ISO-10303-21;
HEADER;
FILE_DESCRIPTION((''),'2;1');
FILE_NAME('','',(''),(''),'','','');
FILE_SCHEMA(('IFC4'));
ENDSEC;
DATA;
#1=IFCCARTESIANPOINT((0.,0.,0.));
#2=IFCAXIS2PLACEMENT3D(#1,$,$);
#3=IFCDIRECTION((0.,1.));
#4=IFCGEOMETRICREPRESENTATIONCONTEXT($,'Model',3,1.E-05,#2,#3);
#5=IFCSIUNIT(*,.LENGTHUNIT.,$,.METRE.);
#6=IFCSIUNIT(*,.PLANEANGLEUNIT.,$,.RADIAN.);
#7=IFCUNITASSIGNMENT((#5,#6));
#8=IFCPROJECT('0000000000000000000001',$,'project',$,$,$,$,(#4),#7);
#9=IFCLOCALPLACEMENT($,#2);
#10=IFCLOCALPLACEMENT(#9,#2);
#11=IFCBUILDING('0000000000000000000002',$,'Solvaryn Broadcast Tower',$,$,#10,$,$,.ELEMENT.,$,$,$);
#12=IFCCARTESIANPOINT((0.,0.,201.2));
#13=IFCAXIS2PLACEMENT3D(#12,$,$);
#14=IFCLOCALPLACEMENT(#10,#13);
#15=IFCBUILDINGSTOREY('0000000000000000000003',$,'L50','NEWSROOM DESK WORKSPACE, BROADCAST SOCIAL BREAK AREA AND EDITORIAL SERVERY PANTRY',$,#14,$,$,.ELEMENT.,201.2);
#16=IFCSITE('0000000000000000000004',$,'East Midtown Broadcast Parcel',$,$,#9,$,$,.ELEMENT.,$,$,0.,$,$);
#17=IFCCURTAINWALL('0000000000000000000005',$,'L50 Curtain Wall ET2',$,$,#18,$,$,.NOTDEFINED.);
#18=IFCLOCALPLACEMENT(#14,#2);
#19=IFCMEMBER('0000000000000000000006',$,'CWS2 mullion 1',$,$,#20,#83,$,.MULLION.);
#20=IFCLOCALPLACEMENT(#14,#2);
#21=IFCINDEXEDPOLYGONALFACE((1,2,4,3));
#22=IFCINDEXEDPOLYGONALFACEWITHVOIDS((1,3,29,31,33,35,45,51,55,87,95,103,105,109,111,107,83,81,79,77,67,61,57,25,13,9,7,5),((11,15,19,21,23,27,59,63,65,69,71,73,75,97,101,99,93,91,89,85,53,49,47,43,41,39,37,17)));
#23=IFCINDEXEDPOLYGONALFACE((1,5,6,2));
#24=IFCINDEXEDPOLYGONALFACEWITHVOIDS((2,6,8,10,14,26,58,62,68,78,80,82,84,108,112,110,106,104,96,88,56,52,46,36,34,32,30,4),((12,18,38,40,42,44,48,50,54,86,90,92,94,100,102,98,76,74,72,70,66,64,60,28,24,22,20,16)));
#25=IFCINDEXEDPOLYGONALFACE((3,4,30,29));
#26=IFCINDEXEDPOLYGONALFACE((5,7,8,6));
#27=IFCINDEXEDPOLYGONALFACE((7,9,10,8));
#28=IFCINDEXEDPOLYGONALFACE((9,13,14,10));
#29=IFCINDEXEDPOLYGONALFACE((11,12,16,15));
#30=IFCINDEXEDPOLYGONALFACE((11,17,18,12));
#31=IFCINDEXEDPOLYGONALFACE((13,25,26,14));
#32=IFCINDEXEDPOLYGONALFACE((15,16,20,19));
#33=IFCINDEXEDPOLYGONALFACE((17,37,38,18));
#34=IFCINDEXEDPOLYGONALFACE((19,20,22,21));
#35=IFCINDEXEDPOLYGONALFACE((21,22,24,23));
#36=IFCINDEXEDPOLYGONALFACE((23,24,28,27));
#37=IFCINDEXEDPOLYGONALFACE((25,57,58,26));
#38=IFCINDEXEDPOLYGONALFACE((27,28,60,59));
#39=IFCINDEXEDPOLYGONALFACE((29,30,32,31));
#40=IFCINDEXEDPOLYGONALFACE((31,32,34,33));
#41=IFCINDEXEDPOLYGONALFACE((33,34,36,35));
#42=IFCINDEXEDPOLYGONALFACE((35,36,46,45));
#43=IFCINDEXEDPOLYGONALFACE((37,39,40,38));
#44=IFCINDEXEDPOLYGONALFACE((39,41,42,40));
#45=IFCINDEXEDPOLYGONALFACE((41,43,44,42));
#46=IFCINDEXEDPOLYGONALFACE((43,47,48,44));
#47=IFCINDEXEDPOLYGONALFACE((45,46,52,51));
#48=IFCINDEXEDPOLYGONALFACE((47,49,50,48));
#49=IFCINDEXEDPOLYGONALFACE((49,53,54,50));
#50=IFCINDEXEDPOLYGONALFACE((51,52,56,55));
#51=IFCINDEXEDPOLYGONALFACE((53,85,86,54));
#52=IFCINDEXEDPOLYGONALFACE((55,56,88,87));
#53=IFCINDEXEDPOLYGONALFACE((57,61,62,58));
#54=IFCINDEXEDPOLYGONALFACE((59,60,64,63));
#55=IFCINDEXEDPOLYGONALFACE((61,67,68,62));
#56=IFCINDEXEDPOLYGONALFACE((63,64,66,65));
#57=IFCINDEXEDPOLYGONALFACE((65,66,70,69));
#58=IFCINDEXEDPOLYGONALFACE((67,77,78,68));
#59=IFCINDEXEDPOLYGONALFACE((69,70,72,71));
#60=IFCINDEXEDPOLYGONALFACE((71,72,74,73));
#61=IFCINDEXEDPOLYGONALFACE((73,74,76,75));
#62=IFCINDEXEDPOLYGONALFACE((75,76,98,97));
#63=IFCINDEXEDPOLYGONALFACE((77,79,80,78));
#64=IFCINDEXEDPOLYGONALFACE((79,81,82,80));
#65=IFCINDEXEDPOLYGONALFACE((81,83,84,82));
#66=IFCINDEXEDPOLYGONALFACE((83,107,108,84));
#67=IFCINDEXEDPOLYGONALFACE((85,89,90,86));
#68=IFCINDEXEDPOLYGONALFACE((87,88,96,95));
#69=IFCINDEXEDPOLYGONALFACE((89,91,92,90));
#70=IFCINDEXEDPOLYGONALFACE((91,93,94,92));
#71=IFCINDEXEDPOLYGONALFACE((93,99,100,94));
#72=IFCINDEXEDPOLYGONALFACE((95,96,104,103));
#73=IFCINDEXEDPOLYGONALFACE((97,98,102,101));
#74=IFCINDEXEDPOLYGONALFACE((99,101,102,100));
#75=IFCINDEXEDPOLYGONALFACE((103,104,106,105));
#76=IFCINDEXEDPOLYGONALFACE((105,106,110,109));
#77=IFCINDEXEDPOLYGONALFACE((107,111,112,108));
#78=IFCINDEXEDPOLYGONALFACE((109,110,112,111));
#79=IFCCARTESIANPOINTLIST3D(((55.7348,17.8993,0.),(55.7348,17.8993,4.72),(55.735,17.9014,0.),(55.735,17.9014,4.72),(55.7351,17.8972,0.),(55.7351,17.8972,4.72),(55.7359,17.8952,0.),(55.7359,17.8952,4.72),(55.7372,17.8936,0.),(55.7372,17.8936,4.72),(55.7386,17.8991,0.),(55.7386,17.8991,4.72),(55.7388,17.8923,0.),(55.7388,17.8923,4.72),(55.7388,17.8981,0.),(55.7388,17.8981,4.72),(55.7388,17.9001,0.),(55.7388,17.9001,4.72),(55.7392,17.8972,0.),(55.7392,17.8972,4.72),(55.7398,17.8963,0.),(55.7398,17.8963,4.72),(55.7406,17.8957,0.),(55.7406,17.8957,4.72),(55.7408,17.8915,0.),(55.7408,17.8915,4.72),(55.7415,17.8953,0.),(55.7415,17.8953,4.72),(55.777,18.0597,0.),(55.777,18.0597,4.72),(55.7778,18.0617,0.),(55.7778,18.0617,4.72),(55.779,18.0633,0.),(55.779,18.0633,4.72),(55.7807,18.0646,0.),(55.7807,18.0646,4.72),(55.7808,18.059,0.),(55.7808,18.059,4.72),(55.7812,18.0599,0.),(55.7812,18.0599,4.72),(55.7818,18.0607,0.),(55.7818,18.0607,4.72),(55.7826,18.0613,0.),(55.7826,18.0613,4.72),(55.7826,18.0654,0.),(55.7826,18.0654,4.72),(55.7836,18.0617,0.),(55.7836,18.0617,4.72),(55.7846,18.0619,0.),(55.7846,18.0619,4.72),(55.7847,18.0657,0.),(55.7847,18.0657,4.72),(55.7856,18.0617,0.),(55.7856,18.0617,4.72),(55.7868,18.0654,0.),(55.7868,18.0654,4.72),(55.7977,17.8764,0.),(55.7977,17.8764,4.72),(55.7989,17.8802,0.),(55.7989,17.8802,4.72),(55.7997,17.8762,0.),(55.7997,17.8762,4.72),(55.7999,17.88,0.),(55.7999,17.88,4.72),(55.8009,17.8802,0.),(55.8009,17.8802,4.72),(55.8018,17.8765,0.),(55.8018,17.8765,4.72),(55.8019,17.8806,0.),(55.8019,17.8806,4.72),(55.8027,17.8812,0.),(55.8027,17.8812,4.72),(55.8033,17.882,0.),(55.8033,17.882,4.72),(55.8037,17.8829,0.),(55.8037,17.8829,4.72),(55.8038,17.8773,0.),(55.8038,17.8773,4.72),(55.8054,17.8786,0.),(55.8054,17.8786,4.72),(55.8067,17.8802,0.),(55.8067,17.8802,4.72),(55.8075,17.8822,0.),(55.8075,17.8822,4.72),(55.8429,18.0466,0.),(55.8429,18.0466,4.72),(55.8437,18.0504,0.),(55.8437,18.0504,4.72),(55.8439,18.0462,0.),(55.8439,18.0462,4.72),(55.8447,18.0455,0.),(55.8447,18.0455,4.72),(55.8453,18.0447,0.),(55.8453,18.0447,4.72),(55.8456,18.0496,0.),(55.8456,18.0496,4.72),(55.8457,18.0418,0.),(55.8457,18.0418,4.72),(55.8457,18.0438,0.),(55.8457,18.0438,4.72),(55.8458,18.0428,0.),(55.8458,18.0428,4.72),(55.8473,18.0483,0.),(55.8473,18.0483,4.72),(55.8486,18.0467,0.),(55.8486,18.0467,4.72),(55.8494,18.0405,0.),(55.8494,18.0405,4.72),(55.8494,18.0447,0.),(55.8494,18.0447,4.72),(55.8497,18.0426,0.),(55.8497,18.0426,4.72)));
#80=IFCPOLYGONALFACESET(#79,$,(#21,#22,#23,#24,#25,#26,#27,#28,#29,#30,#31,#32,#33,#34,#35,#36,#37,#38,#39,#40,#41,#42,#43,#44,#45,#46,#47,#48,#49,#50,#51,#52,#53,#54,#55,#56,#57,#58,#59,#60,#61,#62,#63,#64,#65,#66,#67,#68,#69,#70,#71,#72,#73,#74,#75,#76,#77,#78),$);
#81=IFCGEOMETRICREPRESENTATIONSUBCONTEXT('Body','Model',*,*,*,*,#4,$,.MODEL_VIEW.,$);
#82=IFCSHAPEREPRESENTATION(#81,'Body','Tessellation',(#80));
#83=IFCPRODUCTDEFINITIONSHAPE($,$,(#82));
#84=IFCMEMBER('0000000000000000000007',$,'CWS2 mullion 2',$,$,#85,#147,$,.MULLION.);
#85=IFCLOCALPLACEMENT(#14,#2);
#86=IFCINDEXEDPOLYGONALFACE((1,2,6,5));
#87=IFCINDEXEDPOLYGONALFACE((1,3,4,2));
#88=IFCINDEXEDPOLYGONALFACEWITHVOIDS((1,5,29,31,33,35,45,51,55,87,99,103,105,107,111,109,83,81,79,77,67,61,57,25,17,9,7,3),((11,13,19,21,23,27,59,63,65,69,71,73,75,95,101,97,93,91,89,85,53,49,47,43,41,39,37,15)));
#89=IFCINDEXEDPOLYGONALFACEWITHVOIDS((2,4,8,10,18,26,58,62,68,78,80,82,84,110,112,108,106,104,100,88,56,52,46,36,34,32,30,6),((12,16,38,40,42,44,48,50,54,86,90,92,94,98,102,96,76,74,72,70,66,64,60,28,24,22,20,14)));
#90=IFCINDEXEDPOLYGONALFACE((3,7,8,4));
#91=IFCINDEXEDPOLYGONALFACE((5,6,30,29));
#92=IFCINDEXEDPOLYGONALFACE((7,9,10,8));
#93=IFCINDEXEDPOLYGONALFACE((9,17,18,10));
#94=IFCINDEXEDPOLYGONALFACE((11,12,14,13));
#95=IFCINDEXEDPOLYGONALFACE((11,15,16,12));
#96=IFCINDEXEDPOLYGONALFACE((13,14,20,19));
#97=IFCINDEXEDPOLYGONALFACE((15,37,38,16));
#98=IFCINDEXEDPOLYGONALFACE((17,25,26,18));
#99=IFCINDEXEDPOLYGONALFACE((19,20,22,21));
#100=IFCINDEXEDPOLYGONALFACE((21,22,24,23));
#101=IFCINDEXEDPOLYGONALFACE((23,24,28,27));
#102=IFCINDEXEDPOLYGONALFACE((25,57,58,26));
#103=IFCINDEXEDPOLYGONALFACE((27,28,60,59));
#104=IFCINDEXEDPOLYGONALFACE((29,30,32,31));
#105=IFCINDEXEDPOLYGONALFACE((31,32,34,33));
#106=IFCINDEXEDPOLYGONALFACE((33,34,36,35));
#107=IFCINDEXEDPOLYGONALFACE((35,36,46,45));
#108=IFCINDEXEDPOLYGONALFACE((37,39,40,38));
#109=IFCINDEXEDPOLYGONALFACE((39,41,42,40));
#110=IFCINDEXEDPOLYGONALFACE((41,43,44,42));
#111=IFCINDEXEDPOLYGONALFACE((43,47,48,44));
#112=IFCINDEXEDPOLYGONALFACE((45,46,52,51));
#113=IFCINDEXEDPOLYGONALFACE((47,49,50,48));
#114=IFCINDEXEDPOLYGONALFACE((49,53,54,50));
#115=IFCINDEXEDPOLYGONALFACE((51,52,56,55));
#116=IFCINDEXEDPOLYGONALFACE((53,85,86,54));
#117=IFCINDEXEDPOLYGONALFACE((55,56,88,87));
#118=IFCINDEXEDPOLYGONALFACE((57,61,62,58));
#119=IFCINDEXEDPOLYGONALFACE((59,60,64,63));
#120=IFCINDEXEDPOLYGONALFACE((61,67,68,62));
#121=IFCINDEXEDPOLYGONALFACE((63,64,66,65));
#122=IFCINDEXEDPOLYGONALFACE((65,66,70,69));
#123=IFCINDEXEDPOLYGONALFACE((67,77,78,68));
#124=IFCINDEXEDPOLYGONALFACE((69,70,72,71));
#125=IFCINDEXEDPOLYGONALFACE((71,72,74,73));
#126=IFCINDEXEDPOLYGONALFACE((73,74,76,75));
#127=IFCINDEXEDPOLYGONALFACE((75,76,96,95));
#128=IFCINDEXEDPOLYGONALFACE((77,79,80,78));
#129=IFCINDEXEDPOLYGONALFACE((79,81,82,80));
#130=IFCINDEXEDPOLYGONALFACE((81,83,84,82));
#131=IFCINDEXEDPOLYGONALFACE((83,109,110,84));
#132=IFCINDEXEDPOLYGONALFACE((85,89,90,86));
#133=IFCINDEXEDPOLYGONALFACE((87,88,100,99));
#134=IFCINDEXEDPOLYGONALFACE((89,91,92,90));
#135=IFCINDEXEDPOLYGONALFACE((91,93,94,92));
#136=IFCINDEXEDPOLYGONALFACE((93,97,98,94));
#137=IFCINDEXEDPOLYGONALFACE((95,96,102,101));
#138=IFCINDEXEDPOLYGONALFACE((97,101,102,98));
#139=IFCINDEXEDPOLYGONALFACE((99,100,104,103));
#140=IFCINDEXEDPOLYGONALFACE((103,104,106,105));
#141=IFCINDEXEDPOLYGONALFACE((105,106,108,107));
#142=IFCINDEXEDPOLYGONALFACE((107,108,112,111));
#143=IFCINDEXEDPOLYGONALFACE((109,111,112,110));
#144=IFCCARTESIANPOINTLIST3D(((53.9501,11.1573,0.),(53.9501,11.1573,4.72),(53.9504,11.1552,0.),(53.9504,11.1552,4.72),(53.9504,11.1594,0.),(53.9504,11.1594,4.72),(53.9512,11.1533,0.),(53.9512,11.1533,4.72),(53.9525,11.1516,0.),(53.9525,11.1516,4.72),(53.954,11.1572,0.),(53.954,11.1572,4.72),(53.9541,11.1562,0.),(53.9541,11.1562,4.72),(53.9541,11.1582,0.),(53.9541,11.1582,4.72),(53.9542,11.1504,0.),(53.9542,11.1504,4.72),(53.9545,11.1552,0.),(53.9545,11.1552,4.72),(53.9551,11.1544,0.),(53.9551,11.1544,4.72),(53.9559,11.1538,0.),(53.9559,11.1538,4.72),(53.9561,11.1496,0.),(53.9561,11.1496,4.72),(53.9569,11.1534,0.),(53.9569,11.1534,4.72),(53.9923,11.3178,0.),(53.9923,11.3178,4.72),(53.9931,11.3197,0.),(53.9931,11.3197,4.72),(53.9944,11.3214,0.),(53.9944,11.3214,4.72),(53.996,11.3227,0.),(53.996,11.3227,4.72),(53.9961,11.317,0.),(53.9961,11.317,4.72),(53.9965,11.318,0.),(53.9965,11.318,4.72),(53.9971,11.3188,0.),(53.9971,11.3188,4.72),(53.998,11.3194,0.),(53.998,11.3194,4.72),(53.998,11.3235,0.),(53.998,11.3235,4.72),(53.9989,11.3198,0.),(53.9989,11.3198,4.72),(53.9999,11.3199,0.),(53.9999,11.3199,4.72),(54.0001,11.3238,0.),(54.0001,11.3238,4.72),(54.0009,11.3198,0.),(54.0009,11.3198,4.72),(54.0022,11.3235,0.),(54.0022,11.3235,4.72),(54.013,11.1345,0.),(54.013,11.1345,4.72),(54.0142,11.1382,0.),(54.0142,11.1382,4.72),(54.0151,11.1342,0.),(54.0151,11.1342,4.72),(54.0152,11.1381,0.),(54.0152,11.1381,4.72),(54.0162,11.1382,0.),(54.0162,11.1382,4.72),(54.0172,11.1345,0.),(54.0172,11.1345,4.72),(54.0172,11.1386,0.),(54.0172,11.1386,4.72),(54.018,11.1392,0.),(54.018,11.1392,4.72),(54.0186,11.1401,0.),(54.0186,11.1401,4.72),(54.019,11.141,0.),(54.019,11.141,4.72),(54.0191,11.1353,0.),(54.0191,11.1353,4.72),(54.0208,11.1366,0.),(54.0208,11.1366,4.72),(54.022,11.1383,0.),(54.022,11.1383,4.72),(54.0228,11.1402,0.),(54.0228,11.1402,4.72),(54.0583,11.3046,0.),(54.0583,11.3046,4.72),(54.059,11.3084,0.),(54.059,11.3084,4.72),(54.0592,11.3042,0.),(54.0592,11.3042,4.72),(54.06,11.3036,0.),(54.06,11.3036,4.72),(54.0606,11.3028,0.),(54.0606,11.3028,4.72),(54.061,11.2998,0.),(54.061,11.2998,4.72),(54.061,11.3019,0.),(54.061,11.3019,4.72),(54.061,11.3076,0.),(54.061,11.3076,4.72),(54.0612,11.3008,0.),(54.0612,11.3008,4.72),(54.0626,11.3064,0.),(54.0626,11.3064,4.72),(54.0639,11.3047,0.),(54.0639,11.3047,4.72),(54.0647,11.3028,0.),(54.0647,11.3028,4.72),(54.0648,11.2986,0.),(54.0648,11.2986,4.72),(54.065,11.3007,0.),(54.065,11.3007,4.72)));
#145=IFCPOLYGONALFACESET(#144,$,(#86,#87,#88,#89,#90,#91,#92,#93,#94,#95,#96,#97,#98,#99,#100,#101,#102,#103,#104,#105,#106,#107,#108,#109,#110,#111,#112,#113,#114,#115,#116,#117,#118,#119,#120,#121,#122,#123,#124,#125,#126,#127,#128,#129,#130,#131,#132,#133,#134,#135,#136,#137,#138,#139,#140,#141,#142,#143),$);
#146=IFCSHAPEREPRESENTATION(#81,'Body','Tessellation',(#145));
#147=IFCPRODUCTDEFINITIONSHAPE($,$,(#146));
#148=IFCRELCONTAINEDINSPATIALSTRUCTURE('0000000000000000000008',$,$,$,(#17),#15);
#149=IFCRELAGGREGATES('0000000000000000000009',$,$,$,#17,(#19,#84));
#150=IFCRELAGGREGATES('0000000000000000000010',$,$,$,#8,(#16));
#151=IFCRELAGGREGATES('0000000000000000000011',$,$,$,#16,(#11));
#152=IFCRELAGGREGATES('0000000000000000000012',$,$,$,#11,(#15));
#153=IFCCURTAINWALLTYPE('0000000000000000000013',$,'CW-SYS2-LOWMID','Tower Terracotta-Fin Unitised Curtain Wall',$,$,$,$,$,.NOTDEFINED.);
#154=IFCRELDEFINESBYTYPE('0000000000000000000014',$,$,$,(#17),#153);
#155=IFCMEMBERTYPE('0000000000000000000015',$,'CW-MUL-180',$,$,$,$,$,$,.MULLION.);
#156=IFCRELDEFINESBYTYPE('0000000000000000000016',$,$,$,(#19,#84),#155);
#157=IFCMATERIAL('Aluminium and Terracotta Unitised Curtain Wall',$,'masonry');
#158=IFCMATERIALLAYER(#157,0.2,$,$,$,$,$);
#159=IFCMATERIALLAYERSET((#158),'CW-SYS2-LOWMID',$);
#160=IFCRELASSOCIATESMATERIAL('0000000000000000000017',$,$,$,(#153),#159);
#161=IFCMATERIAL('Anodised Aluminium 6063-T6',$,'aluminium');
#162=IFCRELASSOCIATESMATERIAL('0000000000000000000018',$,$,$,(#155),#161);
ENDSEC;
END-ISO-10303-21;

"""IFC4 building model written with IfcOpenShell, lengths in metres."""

from ifc_helpers import new_model, si_unit, direction, frame, origin, origin_2d, place, context, subcontext, project, spatial, hollow_rectangle, extrude, material, layer, layer_set, material_profile, profile_set, type_object, element, aggregate, save


model = new_model("IFC4")

# Units and contexts
model_context = context("Model", 3, precision=1e-05, world=origin(), true_north=direction((0.0, 1.0)))
body_context = subcontext(model_context, "Body", "Model", "MODEL_VIEW")
ifc_project = project(units=[si_unit("LENGTHUNIT", "METRE"), si_unit("PLANEANGLEUNIT", "RADIAN")], contexts=[model_context])

# Site, building, storey
site_placement = place(None, origin())
site = spatial("IfcSite", under=ifc_project, at=site_placement, Name="East Midtown Broadcast Parcel", CompositionType="ELEMENT", RefElevation=0.0)
building_placement = place(site_placement, origin())
building = spatial("IfcBuilding", under=site, at=building_placement, Name="Solvaryn Broadcast Tower", CompositionType="ELEMENT")
storey_placement = place(building_placement, frame((0.0, 0.0, 201.2)))
storey = spatial("IfcBuildingStorey", under=building, at=storey_placement, Name="L50", Description="NEWSROOM DESK WORKSPACE, BROADCAST SOCIAL BREAK AREA AND EDITORIAL SERVERY PANTRY", CompositionType="ELEMENT", Elevation=201.2)

# Shared definitions
ifc_material_1 = material(Name="Aluminium and Terracotta Unitised Curtain Wall", Category="masonry")
ifc_layer_1 = layer(ifc_material_1, 0.2)
ifc_layer_set_1 = layer_set([ifc_layer_1], Name="CW-SYS2-LOWMID")
curtain_wall_type = type_object("IfcCurtainWallType", Name="CW-SYS2-LOWMID", Description="Tower Terracotta-Fin Unitised Curtain Wall", PredefinedType="NOTDEFINED", material=ifc_layer_set_1)
ifc_material_2 = material(Name="Anodised Aluminium 6063-T6", Category="aluminium")
ifc_material_profile_1 = material_profile(ifc_material_2, hollow_rectangle(XDim=0.075, YDim=0.1799, WallThickness=0.0039, InnerFilletRadius=0.0039, OuterFilletRadius=0.0081, at=origin_2d()))
ifc_profile_set_1 = profile_set([ifc_material_profile_1], Name="Anodised Aluminium 6063-T6")
member_type_1 = type_object("IfcMemberType", Name="CW-MUL-180", PredefinedType="MULLION", material=ifc_profile_set_1)

# Curtain wall, members
curtain_wall_1_placement = place(storey_placement, origin())
curtain_wall_1 = element("IfcCurtainWall", 1, at=curtain_wall_1_placement, inside=storey, type_object=curtain_wall_type, Name="L50 Curtain Wall ET2", PredefinedType="NOTDEFINED")
member_1_placement = place(storey_placement, frame((55.7922, 17.9709, 0.0), z_axis=(0.0, 0.0, 1.0), x_axis=(0.966705, -0.255893, 0.0)))
member_1 = element("IfcMember", 2, at=member_1_placement, type_object=member_type_1, Name="CWS2 mullion 1", PredefinedType="MULLION", context=body_context, shape_type="SweptSolid", body=[
    extrude(hollow_rectangle(XDim=0.075, YDim=0.1799, WallThickness=0.0039, InnerFilletRadius=0.0039, OuterFilletRadius=0.0081, at=origin_2d()), origin(), (0.0, 0.0, 1.0), 4.72),
])
member_2_placement = place(storey_placement, frame((54.0076, 11.229, 0.0), z_axis=(0.0, 0.0, 1.0), x_axis=(0.966705, -0.255893, 0.0)))
member_2 = element("IfcMember", 3, at=member_2_placement, type_object=member_type_1, Name="CWS2 mullion 2", PredefinedType="MULLION", context=body_context, shape_type="SweptSolid", body=[
    extrude(hollow_rectangle(XDim=0.075, YDim=0.1799, WallThickness=0.0039, InnerFilletRadius=0.0039, OuterFilletRadius=0.0081, at=origin_2d()), origin(), (0.0, 0.0, 1.0), 4.72),
])
aggregate(curtain_wall_1, [member_1, member_2])

save(model, "model.ifc")
